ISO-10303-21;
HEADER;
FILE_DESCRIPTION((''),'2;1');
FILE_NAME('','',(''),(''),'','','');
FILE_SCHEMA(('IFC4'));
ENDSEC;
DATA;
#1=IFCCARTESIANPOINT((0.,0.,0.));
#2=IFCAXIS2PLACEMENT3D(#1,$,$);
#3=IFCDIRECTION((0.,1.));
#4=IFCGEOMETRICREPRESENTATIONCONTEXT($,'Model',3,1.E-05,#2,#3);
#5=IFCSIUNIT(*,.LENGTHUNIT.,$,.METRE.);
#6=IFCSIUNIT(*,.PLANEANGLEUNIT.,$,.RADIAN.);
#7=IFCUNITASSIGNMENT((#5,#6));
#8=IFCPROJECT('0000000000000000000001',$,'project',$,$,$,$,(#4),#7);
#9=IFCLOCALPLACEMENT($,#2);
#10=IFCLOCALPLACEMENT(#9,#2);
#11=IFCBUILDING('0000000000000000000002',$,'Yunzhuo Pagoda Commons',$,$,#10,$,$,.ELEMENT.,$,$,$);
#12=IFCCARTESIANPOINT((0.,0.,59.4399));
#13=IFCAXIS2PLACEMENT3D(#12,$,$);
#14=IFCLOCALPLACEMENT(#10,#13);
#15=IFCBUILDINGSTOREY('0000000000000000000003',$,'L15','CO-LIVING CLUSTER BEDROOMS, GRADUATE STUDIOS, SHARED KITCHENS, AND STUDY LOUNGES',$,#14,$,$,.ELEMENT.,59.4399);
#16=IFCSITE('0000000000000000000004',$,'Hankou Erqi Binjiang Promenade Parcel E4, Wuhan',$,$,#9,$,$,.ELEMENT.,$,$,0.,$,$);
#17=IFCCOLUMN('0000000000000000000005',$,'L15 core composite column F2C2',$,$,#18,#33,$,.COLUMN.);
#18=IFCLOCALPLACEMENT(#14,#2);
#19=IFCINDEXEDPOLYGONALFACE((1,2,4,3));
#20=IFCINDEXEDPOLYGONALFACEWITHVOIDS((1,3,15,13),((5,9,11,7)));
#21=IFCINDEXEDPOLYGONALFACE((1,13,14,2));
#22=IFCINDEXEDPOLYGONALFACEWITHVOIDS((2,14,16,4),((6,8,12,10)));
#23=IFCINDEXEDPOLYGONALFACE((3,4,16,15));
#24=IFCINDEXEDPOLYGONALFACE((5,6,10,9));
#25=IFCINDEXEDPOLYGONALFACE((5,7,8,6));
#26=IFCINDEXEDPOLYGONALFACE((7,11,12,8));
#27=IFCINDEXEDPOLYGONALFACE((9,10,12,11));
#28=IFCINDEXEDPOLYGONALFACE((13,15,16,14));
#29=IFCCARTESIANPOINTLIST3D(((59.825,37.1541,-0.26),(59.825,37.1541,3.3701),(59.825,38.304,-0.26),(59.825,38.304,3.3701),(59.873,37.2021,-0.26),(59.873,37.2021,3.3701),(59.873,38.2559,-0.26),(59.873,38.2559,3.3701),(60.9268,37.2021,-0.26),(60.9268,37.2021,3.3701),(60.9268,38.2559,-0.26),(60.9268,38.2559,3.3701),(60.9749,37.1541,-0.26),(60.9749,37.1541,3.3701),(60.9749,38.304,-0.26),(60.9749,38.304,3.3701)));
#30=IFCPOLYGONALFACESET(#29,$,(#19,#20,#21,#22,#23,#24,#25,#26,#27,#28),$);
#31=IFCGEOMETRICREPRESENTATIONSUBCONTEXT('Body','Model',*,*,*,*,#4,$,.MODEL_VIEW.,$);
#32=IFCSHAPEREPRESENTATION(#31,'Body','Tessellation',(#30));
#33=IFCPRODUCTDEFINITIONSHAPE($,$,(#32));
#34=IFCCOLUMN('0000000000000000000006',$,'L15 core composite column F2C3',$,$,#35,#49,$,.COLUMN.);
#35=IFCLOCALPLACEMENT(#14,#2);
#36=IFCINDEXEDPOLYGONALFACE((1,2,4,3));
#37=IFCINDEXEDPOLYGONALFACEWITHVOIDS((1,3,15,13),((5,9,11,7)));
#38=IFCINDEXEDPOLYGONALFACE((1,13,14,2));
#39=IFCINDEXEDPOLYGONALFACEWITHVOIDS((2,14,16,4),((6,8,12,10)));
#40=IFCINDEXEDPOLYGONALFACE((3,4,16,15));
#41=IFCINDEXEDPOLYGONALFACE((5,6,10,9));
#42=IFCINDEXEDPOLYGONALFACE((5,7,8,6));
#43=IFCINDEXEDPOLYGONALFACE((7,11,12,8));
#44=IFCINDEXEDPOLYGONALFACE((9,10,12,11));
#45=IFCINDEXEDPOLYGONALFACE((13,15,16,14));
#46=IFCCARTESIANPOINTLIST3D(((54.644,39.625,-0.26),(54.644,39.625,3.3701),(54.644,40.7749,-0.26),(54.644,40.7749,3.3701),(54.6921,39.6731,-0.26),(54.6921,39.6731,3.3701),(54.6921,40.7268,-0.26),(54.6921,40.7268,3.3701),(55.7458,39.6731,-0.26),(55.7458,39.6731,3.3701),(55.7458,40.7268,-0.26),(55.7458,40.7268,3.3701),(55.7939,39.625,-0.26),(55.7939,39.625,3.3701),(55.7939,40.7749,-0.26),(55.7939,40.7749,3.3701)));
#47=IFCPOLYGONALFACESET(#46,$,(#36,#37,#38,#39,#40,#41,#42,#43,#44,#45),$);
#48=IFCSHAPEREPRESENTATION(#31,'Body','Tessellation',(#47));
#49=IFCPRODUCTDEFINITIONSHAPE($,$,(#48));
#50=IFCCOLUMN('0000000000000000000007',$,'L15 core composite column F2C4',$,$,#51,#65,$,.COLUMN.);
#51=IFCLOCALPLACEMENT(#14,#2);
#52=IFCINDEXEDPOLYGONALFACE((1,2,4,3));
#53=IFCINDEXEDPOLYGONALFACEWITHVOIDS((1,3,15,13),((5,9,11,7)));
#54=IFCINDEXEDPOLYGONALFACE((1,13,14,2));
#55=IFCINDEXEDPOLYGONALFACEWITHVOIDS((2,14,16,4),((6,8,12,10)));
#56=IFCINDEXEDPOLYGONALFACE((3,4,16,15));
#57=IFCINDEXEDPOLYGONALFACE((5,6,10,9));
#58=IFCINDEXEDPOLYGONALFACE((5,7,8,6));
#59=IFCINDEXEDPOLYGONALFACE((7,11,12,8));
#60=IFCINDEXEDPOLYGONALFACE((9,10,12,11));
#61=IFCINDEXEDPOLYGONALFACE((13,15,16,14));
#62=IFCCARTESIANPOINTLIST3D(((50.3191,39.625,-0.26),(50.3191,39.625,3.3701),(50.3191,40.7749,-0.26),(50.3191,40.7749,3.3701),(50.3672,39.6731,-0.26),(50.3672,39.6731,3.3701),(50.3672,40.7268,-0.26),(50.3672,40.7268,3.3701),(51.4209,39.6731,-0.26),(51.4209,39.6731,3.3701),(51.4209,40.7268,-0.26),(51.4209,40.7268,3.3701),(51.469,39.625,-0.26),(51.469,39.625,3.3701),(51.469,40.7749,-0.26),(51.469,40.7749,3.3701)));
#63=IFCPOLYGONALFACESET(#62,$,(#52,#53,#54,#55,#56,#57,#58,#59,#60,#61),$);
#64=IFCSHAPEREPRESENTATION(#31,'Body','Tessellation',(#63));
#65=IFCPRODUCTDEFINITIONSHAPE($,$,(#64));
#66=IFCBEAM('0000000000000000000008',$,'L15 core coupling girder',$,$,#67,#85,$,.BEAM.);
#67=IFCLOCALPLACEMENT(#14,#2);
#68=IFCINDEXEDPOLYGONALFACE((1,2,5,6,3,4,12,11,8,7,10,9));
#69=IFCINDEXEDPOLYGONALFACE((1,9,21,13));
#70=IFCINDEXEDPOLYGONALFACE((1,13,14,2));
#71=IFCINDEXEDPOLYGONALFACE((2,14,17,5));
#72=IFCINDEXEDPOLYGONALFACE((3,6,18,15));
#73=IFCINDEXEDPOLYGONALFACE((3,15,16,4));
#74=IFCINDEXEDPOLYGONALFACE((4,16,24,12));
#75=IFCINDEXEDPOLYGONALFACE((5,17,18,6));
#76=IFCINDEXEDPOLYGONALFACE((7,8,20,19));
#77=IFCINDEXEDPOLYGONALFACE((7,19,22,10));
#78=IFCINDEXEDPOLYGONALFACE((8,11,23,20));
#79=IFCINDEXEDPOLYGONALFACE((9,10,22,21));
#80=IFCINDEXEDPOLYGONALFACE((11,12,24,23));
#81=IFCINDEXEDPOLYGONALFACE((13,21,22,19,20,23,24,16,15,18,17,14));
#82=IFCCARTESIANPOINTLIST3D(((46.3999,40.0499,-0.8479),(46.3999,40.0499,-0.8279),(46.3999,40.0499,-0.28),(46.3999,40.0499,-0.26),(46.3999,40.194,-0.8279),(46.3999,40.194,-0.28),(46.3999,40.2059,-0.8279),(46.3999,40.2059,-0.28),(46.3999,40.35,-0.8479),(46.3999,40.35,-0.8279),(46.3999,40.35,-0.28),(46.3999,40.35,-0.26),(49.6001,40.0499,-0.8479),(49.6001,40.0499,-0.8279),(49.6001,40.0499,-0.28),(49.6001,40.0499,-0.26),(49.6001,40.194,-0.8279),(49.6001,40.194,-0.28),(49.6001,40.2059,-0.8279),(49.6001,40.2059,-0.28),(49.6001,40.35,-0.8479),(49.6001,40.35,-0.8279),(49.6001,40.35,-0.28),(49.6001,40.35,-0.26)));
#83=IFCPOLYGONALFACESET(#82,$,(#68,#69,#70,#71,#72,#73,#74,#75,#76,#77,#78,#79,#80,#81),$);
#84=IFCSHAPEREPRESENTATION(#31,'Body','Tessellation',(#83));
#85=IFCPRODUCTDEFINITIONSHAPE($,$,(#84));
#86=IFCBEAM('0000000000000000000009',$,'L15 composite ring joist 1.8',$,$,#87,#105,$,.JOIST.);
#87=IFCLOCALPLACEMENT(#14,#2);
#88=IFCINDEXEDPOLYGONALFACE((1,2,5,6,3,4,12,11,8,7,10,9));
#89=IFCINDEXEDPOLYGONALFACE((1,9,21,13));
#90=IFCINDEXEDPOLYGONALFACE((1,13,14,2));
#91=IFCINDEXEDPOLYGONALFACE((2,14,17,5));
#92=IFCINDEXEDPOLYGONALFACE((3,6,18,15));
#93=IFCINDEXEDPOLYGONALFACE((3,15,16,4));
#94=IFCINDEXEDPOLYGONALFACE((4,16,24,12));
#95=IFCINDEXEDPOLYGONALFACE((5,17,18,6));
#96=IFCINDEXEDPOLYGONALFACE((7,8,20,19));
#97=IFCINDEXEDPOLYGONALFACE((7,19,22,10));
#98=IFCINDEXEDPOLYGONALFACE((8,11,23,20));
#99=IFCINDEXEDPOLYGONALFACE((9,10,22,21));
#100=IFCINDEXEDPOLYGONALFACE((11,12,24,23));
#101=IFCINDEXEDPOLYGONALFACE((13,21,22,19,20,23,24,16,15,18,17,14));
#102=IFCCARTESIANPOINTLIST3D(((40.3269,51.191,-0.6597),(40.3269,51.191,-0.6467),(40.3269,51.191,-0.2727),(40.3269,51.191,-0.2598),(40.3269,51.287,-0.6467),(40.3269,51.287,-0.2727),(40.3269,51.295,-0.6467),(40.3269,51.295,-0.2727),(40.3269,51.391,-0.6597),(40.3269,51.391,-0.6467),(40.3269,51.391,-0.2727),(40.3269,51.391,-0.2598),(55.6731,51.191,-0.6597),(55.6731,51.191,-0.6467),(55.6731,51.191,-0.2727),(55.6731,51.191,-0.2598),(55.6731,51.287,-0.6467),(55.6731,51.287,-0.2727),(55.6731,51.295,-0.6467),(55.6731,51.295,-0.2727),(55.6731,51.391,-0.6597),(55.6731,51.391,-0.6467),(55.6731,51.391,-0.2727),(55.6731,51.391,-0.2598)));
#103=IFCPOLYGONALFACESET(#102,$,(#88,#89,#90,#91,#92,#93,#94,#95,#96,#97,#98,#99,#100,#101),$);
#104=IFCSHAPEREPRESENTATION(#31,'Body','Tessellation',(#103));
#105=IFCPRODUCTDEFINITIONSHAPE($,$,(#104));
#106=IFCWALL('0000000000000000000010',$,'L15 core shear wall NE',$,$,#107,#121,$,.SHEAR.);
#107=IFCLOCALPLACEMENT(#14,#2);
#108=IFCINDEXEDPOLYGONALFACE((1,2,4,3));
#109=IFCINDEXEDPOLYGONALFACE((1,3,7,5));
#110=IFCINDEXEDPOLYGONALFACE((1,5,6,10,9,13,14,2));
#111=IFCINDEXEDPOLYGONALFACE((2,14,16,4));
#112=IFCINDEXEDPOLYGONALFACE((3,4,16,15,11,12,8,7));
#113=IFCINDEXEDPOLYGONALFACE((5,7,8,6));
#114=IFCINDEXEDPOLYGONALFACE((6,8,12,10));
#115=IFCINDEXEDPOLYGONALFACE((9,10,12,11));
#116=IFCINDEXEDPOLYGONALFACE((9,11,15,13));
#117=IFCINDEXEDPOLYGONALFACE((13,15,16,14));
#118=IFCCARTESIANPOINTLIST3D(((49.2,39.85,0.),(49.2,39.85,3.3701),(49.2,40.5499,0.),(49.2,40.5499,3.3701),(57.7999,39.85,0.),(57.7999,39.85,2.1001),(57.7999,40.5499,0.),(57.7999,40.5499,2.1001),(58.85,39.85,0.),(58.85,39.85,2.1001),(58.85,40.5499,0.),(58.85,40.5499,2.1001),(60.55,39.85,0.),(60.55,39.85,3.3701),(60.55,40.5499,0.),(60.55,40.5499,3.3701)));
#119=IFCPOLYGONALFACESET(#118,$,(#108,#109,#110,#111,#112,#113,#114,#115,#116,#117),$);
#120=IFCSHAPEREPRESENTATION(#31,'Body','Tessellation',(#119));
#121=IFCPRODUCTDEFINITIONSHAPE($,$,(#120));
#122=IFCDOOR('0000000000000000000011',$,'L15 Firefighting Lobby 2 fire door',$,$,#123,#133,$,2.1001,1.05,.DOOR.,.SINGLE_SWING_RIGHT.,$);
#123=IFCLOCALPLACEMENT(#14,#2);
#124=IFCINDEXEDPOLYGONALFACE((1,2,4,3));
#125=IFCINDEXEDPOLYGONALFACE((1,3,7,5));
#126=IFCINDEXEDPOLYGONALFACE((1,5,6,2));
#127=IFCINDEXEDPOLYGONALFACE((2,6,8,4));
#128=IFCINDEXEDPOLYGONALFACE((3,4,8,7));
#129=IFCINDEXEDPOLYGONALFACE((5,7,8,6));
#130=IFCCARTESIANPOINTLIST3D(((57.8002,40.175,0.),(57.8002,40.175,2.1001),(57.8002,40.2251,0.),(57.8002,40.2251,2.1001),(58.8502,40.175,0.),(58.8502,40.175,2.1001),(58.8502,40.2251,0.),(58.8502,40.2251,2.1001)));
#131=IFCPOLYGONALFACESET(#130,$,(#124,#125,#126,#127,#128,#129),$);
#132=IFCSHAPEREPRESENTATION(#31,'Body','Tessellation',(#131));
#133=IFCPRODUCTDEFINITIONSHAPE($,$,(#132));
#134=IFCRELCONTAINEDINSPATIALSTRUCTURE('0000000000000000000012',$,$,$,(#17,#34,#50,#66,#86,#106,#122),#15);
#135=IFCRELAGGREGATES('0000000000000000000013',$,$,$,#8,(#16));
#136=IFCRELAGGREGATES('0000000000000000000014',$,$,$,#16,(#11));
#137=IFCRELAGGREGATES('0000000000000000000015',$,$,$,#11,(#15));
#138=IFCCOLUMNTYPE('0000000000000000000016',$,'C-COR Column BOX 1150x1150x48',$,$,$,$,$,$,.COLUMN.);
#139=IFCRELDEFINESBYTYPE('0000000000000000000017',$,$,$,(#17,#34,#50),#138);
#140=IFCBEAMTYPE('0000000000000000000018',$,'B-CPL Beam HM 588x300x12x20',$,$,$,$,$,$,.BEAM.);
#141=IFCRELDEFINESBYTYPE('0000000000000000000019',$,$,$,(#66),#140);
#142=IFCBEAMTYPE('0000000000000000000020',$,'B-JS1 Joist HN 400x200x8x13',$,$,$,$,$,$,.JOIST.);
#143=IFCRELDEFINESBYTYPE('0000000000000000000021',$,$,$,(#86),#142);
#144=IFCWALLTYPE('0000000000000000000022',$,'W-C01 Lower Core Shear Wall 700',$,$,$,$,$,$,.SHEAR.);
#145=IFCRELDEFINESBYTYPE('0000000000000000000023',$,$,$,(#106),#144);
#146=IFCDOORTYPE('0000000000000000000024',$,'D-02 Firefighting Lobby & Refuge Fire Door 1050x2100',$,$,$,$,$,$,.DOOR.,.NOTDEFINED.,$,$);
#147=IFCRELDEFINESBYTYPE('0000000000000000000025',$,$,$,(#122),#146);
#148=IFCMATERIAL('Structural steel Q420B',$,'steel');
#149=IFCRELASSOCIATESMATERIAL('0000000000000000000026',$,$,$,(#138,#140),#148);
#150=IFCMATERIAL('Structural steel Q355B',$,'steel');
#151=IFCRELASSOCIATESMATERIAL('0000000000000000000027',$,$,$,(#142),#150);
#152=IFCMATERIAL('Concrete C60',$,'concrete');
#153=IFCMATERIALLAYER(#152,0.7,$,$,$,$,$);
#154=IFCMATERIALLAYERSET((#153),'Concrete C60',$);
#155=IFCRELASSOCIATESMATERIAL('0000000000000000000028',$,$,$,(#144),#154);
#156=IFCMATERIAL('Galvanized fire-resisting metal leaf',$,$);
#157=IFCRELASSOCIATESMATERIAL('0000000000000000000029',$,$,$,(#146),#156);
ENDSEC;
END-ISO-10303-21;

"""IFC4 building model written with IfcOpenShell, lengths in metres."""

from ifc_helpers import new_model, si_unit, direction, frame, frame_2d, origin, origin_2d, place, context, subcontext, project, spatial, rectangle, hollow_rectangle, i_section, extrude, source, transform, mapped, material, layer, layer_set, material_profile, profile_set, type_object, element, fill, save


model = new_model("IFC4")

# Units and contexts
model_context = context("Model", 3, precision=1e-05, world=origin(), true_north=direction((0.0, 1.0)))
body_context = subcontext(model_context, "Body", "Model", "MODEL_VIEW")
ifc_project = project(units=[si_unit("LENGTHUNIT", "METRE"), si_unit("PLANEANGLEUNIT", "RADIAN")], contexts=[model_context])

# Site, building, storey
site_placement = place(None, origin())
site = spatial("IfcSite", under=ifc_project, at=site_placement, Name="Hankou Erqi Binjiang Promenade Parcel E4, Wuhan", CompositionType="ELEMENT", RefElevation=0.0)
building_placement = place(site_placement, origin())
building = spatial("IfcBuilding", under=site, at=building_placement, Name="Yunzhuo Pagoda Commons", CompositionType="ELEMENT")
storey_placement = place(building_placement, frame((0.0, 0.0, 59.4399)))
storey = spatial("IfcBuildingStorey", under=building, at=storey_placement, Name="L15", Description="CO-LIVING CLUSTER BEDROOMS, GRADUATE STUDIOS, SHARED KITCHENS, AND STUDY LOUNGES", CompositionType="ELEMENT", Elevation=59.4399)

# Columns
ifc_material_1 = material(Name="Structural steel Q420B", Category="steel")
ifc_material_profile_1 = material_profile(ifc_material_1, hollow_rectangle(XDim=1.1499, YDim=1.1499, WallThickness=0.0481, at=origin_2d()), Name="Structural steel Q420B")
ifc_profile_set_1 = profile_set([ifc_material_profile_1], Name="Structural steel Q420B")
column_type = type_object("IfcColumnType", Name="C-COR Column BOX 1150x1150x48", PredefinedType="COLUMN", material=ifc_profile_set_1)
shared_shape_1 = source(origin(), body_context, "Body", "SweptSolid", [
    extrude(hollow_rectangle(XDim=1.1499, YDim=1.1499, WallThickness=0.0481, at=origin_2d()), origin(), (0.0, 0.0, 1.0), 3.6301),
])
for number, where, z_axis, x_axis, name in (
    (1, (60.3999, 37.729, -0.26), (0.0, 0.0, 1.0), (1.0, 0.0, 0.0), "L15 core composite column F2C2"),
    (2, (55.219, 40.2, -0.26), (0.0, 0.0, 1.0), (1.0, 0.0, 0.0), "L15 core composite column F2C3"),
    (3, (50.894, 40.2, -0.26), (0.0, 0.0, 1.0), (1.0, 0.0, 0.0), "L15 core composite column F2C4"),
):
    element("IfcColumn", number, at=place(storey_placement, frame(where, z_axis=z_axis, x_axis=x_axis)), inside=storey, type_object=column_type, Name=name, PredefinedType="COLUMN", context=body_context, shape_type="MappedRepresentation", body=[
        mapped(shared_shape_1, transform((0.0, 0.0, 0.0), scale=1.0)),
    ])

# Beams
ifc_material_profile_2 = material_profile(ifc_material_1, i_section(OverallWidth=0.3, OverallDepth=0.5879, WebThickness=0.012, FlangeThickness=0.02, at=origin_2d()), Name="Structural steel Q420B")
ifc_profile_set_2 = profile_set([ifc_material_profile_2], Name="Structural steel Q420B")
beam_type_1 = type_object("IfcBeamType", Name="B-CPL Beam HM 588x300x12x20", PredefinedType="BEAM", material=ifc_profile_set_2)
shared_shape_2 = source(origin(), body_context, "Body", "SweptSolid", [
    extrude(i_section(OverallWidth=0.3, OverallDepth=0.5879, WebThickness=0.012, FlangeThickness=0.02, at=origin_2d()), origin(), (0.0, 0.0, 1.0), 3.2002),
])
beam_1_placement = place(storey_placement, frame((46.3999, 40.2, -0.554), z_axis=(1.0, 0.0, 0.0), x_axis=(0.0, 1.0, 0.0)))
element("IfcBeam", 4, at=beam_1_placement, inside=storey, type_object=beam_type_1, Name="L15 core coupling girder", PredefinedType="BEAM", context=body_context, shape_type="MappedRepresentation", body=[
    mapped(shared_shape_2, transform((0.0, 0.0, 0.0), scale=1.0)),
])
ifc_material_2 = material(Name="Structural steel Q355B", Category="steel")
ifc_material_profile_3 = material_profile(ifc_material_2, i_section(OverallWidth=0.2, OverallDepth=0.3999, WebThickness=0.0081, FlangeThickness=0.0129, at=origin_2d()), Name="Structural steel Q355B")
ifc_profile_set_3 = profile_set([ifc_material_profile_3], Name="Structural steel Q355B")
beam_type_2 = type_object("IfcBeamType", Name="B-JS1 Joist HN 400x200x8x13", PredefinedType="JOIST", material=ifc_profile_set_3)
shared_shape_3 = source(origin(), body_context, "Body", "SweptSolid", [
    extrude(i_section(OverallWidth=0.2, OverallDepth=0.3999, WebThickness=0.0081, FlangeThickness=0.0129, at=origin_2d()), origin(), (0.0, 0.0, 1.0), 15.3462),
])
beam_2_placement = place(storey_placement, frame((55.6731, 51.291, -0.4597), z_axis=(-1.0, 0.0, 0.0), x_axis=(0.0, -1.0, 0.0)))
element("IfcBeam", 5, at=beam_2_placement, inside=storey, type_object=beam_type_2, Name="L15 composite ring joist 1.8", PredefinedType="JOIST", context=body_context, shape_type="MappedRepresentation", body=[
    mapped(shared_shape_3, transform((0.0, 0.0, 0.0), scale=1.0)),
])

# Wall, opening, door
ifc_material_3 = material(Name="Concrete C60", Category="concrete")
ifc_layer_1 = layer(ifc_material_3, 0.7)
ifc_layer_set_1 = layer_set([ifc_layer_1], Name="Concrete C60")
wall_type_1 = type_object("IfcWallType", Name="W-C01 Lower Core Shear Wall 700", PredefinedType="SHEAR", material=ifc_layer_set_1)
wall_1_placement = place(storey_placement, frame((49.2, 40.2, 0.0), z_axis=(0.0, 0.0, 1.0), x_axis=(1.0, 0.0, 0.0)))
wall_1 = element("IfcWall", 6, at=wall_1_placement, inside=storey, type_object=wall_type_1, Name="L15 core shear wall NE", PredefinedType="SHEAR", context=body_context, shape_type="SweptSolid", body=[
    extrude(rectangle(XDim=11.3501, YDim=0.7, at=frame_2d((5.675, 0.0))), origin(), (0.0, 0.0, 1.0), 3.3701),
])
opening_1_placement = place(wall_1_placement, frame((8.6001, 0.0, 0.0)))
opening_1 = element("IfcOpeningElement", 7, at=opening_1_placement, cuts=wall_1, PredefinedType="OPENING", context=body_context, shape_type="SweptSolid", body=[
    extrude(rectangle(XDim=1.05, YDim=2.1001, at=frame_2d((0.5249, 1.05))), frame((0.0, 0.3599, 0.0), z_axis=(0.0, -1.0, 0.0), x_axis=(1.0, 0.0, 0.0)), (0.0, 0.0, 1.0), 0.72),
])
ifc_material_4 = material(Name="Galvanized fire-resisting metal leaf")
door_type_1 = type_object("IfcDoorType", Name="D-02 Firefighting Lobby & Refuge Fire Door 1050x2100", OperationType="NOTDEFINED", PredefinedType="DOOR", material=ifc_material_4)
shared_shape_4 = source(origin(), body_context, "Body", "SweptSolid", [
    extrude(rectangle(XDim=1.05, YDim=2.1001, at=frame_2d((0.5249, 1.05))), frame((0.0, 0.0249, 0.0), z_axis=(0.0, -1.0, 0.0), x_axis=(1.0, 0.0, 0.0)), (0.0, 0.0, 1.0), 0.05),
])
door_1_placement = place(opening_1_placement, frame((1.05, 0.0, 0.0), z_axis=(0.0, 0.0, 1.0), x_axis=(-1.0, 0.0, 0.0)))
door_1 = element("IfcDoor", 8, at=door_1_placement, inside=storey, type_object=door_type_1, Name="L15 Firefighting Lobby 2 fire door", OperationType="SINGLE_SWING_RIGHT", OverallHeight=2.1001, OverallWidth=1.05, PredefinedType="DOOR", context=body_context, shape_type="MappedRepresentation", body=[
    mapped(shared_shape_4, transform((0.0, 0.0, 0.0), scale=1.0)),
])
fill(opening_1, door_1)

save(model, "model.ifc")
